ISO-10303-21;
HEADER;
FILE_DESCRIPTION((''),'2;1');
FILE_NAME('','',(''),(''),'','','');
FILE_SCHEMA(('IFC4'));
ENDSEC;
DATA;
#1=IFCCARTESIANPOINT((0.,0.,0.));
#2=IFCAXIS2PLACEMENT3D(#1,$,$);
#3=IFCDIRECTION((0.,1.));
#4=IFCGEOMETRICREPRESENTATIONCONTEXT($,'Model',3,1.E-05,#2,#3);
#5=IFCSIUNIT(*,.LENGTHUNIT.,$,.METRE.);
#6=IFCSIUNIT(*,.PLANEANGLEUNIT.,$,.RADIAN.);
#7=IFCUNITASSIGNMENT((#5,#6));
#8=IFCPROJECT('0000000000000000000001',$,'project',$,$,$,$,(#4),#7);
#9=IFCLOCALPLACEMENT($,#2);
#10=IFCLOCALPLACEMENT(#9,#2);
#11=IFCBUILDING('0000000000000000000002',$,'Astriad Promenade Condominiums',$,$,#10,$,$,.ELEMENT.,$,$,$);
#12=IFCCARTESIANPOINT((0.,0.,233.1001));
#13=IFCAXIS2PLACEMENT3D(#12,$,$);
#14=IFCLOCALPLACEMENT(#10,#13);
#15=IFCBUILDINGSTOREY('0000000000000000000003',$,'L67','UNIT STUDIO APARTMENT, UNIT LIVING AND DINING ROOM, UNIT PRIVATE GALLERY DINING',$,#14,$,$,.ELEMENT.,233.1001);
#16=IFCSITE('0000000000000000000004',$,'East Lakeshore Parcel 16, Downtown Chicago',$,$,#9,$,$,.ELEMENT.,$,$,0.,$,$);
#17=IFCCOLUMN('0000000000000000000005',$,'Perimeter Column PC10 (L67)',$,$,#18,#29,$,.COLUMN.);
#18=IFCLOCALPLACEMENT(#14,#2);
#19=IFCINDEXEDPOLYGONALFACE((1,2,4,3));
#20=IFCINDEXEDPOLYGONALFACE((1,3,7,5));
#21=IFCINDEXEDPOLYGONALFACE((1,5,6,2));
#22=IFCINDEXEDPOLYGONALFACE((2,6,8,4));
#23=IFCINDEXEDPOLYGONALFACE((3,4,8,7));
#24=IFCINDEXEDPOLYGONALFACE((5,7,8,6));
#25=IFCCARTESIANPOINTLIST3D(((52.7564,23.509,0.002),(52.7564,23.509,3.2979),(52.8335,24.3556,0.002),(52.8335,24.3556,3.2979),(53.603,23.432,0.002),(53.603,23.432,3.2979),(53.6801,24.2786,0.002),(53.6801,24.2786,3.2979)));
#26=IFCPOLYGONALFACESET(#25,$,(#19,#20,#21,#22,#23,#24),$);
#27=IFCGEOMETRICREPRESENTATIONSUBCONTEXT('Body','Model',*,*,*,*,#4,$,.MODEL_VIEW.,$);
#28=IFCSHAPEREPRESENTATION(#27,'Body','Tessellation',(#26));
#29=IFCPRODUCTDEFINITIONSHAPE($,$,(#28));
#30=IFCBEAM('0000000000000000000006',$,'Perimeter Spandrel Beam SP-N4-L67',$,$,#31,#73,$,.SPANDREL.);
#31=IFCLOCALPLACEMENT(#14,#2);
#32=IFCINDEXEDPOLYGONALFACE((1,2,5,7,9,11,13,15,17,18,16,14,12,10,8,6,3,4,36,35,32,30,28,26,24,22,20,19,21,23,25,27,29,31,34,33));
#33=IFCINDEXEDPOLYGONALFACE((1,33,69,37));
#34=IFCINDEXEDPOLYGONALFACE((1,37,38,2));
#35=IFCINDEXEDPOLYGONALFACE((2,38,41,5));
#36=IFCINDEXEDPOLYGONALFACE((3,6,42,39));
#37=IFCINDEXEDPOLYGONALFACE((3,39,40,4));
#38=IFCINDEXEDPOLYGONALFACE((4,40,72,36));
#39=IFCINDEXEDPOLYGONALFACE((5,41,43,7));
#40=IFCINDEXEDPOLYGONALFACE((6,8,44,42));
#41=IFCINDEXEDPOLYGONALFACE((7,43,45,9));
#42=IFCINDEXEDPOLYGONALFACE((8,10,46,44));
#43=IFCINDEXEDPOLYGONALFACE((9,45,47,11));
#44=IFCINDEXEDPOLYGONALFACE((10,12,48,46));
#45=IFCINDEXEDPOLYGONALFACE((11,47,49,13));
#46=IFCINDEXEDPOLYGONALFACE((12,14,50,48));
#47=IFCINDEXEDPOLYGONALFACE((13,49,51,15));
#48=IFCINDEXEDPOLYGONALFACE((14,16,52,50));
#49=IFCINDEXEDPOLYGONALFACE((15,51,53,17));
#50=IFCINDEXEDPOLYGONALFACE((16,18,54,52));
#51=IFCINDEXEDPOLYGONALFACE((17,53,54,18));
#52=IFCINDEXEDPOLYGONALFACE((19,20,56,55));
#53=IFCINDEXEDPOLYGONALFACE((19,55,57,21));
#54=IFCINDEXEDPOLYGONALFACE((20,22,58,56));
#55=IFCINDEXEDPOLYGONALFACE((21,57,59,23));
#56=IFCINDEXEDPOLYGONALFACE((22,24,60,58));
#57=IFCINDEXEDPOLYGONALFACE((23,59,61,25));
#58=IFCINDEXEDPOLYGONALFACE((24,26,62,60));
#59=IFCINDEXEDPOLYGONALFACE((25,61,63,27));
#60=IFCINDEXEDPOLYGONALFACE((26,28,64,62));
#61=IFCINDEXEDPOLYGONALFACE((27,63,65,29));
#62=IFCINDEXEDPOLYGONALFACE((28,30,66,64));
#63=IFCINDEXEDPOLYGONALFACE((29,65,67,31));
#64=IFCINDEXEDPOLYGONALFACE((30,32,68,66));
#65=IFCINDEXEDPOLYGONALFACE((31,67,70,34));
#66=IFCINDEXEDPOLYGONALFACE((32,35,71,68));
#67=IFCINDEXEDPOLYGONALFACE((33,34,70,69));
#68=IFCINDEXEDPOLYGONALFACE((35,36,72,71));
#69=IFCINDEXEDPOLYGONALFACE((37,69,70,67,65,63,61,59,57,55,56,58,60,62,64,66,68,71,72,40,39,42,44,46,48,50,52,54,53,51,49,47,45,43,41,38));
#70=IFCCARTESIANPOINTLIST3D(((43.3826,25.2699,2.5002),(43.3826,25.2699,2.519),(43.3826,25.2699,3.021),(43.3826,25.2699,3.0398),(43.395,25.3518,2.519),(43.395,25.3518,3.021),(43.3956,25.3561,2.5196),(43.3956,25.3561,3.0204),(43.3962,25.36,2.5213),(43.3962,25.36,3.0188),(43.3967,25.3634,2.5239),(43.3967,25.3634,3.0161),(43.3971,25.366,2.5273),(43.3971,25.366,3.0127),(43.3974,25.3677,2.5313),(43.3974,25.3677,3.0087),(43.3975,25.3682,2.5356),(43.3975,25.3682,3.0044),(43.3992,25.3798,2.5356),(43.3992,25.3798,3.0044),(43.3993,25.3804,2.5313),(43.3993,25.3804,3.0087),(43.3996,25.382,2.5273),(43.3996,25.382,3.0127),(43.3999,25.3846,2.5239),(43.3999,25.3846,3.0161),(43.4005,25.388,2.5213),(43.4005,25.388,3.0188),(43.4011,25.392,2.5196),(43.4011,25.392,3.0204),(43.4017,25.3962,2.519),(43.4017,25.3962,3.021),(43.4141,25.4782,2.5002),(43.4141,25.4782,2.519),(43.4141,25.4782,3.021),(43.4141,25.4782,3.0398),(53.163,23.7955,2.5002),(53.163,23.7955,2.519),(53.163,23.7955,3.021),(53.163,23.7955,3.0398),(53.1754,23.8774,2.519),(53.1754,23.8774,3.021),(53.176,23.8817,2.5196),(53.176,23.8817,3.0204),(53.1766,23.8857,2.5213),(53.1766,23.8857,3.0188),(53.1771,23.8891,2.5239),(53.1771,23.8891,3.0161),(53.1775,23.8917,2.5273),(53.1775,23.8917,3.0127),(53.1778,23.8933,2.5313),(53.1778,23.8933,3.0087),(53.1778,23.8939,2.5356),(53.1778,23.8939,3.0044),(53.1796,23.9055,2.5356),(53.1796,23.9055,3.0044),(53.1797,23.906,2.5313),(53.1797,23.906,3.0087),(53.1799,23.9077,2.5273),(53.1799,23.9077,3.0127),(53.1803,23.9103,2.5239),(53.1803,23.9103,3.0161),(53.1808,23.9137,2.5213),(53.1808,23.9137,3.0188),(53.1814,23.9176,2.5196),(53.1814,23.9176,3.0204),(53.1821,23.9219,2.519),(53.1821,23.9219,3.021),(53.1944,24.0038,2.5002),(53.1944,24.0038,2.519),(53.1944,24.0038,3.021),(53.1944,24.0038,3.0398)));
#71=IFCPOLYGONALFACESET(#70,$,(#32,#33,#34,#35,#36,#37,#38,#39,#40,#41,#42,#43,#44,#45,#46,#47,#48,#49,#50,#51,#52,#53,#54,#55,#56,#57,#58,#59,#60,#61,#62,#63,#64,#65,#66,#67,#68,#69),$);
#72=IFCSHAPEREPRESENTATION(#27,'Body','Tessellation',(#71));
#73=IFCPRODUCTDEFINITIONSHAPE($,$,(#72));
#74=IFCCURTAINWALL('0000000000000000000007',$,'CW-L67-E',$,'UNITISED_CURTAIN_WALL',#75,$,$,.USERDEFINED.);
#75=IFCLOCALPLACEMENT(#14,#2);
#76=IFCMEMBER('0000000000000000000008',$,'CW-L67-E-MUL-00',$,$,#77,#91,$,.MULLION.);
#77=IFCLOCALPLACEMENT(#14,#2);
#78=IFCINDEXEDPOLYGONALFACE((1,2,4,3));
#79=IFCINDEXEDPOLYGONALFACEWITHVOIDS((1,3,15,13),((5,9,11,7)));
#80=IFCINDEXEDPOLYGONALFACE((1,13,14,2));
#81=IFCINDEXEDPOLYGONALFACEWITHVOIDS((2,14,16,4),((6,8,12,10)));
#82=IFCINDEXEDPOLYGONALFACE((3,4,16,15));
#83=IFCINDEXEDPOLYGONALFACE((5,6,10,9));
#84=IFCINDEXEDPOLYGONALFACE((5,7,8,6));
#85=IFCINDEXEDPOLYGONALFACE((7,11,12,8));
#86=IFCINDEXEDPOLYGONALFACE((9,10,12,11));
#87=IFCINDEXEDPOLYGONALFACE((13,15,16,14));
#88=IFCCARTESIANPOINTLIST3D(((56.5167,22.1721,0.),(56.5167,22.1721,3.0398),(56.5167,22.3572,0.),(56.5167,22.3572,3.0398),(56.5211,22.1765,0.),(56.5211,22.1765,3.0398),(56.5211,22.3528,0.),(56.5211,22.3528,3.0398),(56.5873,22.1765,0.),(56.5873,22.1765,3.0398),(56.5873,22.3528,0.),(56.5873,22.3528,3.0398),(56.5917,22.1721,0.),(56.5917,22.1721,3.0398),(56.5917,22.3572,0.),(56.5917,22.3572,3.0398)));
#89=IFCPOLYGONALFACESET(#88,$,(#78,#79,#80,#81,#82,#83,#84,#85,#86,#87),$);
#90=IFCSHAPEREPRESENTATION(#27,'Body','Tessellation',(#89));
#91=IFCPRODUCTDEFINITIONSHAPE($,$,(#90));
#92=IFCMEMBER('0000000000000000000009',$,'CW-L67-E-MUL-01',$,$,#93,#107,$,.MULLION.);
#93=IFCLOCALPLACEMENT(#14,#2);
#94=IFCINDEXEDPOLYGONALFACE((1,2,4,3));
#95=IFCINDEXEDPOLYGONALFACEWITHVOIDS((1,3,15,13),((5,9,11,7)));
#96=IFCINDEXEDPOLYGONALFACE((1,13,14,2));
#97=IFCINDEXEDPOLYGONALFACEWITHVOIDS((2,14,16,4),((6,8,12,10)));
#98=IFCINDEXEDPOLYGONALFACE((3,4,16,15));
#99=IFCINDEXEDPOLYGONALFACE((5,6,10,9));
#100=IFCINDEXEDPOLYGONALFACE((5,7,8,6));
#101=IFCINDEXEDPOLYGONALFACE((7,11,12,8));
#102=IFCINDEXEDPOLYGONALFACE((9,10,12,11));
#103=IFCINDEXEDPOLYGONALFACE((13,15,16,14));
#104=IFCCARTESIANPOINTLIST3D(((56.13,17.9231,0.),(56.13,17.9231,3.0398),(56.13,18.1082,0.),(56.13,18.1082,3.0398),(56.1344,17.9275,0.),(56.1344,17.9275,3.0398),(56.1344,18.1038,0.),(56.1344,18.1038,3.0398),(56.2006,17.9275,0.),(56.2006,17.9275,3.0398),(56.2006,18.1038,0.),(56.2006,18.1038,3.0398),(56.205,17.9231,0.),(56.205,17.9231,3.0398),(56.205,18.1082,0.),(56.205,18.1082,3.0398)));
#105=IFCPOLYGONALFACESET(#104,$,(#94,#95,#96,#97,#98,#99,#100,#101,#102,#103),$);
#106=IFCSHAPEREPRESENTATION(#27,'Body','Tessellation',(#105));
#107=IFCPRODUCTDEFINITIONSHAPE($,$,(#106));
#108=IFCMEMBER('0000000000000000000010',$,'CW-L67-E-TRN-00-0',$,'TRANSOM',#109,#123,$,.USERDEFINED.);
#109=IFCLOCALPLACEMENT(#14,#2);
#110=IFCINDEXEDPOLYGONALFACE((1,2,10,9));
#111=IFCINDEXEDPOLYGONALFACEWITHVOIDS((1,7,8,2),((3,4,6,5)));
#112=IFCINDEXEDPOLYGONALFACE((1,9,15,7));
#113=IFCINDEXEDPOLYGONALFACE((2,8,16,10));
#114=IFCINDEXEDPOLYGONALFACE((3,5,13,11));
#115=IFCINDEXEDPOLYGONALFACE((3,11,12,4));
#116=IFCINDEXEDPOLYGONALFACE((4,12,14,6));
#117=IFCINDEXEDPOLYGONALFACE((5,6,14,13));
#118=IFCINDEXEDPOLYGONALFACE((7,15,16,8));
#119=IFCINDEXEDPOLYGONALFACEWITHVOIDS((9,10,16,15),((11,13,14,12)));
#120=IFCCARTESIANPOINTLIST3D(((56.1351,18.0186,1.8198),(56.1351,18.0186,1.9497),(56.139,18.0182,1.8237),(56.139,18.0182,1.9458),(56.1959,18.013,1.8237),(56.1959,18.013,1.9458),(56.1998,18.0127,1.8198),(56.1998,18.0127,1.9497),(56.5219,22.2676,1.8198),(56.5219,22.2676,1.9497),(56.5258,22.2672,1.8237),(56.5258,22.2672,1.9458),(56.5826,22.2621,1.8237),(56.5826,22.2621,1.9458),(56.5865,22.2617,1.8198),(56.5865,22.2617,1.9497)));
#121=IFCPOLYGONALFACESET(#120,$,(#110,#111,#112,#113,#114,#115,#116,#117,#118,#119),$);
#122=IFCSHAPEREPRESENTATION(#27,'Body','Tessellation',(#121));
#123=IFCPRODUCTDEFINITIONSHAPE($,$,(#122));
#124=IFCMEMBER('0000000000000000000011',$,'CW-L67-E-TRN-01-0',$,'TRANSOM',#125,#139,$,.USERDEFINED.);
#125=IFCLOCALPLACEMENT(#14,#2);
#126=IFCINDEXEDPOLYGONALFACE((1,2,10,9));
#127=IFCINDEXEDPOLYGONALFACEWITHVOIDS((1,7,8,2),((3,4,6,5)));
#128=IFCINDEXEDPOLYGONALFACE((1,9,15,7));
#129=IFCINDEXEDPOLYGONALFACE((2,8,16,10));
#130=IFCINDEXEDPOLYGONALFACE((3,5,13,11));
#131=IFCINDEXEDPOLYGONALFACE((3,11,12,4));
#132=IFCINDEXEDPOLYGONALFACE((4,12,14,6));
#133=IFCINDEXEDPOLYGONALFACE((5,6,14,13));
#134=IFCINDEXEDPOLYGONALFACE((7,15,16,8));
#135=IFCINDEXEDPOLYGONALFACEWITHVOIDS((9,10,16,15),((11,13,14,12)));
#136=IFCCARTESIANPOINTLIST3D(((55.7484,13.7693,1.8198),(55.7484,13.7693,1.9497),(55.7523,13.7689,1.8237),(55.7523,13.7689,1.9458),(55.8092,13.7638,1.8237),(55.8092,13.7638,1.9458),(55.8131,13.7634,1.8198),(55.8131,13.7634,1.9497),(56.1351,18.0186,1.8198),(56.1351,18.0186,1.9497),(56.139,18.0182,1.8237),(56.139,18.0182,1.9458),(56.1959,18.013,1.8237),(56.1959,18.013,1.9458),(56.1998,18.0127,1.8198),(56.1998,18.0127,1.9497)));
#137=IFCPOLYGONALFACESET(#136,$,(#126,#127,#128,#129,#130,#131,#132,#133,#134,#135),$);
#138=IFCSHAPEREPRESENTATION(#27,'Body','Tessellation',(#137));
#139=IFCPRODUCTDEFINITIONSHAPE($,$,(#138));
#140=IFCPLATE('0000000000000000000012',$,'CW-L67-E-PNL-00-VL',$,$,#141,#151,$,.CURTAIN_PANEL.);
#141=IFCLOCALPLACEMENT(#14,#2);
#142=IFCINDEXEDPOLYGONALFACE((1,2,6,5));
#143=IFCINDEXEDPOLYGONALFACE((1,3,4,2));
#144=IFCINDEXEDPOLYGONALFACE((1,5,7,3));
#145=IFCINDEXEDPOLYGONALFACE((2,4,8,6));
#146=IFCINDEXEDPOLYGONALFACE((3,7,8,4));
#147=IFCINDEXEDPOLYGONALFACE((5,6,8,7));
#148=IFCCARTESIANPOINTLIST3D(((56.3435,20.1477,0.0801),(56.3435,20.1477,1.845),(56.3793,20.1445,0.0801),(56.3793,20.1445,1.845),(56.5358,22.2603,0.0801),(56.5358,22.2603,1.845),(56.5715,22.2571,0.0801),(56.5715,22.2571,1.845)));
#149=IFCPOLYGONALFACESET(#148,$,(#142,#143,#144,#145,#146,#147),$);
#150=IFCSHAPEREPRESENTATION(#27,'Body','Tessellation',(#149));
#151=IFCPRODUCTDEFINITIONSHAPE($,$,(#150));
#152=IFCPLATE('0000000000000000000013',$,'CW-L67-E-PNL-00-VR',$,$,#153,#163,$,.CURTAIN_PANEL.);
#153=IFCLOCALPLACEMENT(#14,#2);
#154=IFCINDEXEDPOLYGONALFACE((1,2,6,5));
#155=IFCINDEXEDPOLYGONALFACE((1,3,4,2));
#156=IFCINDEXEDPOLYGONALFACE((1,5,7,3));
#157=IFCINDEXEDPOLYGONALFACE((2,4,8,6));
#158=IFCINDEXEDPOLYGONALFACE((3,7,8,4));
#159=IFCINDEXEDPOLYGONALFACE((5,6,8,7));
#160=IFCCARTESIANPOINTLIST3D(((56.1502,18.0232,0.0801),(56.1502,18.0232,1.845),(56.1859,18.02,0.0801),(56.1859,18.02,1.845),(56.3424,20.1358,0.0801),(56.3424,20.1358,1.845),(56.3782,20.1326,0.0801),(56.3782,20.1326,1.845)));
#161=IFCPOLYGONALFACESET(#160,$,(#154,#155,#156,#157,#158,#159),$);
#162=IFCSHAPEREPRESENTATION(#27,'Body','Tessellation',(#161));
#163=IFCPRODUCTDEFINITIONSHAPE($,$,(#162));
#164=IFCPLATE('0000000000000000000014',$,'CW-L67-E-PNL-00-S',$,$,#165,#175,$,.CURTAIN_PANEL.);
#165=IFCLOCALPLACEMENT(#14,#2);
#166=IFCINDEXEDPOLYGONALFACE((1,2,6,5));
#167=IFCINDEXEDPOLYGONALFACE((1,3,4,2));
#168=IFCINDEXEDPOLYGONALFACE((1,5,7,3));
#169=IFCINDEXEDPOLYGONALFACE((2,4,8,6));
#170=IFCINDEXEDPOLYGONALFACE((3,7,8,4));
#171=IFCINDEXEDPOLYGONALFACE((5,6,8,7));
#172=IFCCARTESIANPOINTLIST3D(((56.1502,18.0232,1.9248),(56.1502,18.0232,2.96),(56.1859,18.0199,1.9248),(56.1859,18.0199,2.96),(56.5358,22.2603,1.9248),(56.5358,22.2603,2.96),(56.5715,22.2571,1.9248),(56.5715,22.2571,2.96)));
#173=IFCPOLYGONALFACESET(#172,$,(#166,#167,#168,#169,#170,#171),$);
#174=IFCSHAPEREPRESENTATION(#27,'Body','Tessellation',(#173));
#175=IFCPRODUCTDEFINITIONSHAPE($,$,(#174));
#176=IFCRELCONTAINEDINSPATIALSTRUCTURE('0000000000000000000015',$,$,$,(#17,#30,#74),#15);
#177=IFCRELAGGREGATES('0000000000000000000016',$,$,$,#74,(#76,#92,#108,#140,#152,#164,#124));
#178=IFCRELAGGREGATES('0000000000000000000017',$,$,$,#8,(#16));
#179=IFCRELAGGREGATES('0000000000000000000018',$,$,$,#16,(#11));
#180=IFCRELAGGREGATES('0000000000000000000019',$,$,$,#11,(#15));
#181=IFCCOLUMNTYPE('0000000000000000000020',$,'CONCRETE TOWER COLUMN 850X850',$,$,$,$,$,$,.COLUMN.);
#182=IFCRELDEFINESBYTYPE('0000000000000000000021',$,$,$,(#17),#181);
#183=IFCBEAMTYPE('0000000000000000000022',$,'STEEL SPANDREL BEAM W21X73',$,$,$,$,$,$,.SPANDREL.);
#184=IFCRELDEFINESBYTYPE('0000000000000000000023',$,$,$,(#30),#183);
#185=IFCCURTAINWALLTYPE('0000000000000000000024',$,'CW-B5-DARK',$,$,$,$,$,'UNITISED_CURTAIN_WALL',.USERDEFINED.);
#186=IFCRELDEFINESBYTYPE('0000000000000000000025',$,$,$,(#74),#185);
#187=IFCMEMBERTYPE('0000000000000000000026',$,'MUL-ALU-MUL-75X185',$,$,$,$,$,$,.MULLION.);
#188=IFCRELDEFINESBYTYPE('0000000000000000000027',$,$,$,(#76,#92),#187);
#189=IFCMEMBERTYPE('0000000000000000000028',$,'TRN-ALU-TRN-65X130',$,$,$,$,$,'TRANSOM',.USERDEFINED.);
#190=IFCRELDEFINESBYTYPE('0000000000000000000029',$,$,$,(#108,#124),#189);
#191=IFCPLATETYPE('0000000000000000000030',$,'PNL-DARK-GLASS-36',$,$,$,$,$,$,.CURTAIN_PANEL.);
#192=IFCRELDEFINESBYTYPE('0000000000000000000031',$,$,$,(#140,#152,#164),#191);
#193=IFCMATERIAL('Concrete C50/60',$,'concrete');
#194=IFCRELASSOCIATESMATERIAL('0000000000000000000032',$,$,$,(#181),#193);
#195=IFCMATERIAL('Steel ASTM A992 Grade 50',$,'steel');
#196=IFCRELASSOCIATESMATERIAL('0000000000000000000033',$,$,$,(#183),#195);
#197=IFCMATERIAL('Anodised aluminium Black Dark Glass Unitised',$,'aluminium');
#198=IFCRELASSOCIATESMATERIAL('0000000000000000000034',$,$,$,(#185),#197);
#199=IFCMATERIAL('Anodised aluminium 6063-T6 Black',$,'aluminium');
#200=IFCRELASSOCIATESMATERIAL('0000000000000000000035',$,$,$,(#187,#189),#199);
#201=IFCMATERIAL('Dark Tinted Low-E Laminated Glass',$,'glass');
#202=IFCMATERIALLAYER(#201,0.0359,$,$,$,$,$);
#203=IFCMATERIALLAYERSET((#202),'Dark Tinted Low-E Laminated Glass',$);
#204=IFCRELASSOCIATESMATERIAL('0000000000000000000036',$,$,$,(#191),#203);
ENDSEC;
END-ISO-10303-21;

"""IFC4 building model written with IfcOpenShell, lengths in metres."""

from ifc_helpers import new_model, si_unit, direction, frame, origin, origin_2d, place, context, subcontext, project, spatial, rectangle, hollow_rectangle, i_section, extrude, source, transform, mapped, material, layer, layer_set, material_profile, profile_set, type_object, type_shapes, element, aggregate, save


model = new_model("IFC4")

# Units and contexts
model_context = context("Model", 3, precision=1e-05, world=origin(), true_north=direction((0.0, 1.0)))
body_context = subcontext(model_context, "Body", "Model", "MODEL_VIEW")
ifc_project = project(units=[si_unit("LENGTHUNIT", "METRE"), si_unit("PLANEANGLEUNIT", "RADIAN")], contexts=[model_context])

# Site, building, storey
site_placement = place(None, origin())
site = spatial("IfcSite", under=ifc_project, at=site_placement, Name="East Lakeshore Parcel 16, Downtown Chicago", CompositionType="ELEMENT", RefElevation=0.0)
building_placement = place(site_placement, origin())
building = spatial("IfcBuilding", under=site, at=building_placement, Name="Astriad Promenade Condominiums", CompositionType="ELEMENT")
storey_placement = place(building_placement, frame((0.0, 0.0, 233.1001)))
storey = spatial("IfcBuildingStorey", under=building, at=storey_placement, Name="L67", Description="UNIT STUDIO APARTMENT, UNIT LIVING AND DINING ROOM, UNIT PRIVATE GALLERY DINING", CompositionType="ELEMENT", Elevation=233.1001)

# Column
ifc_material_1 = material(Name="Concrete C50/60", Category="concrete")
ifc_material_profile_1 = material_profile(ifc_material_1, rectangle(XDim=0.8501, YDim=0.8501, at=origin_2d()), Name="RC-COL-850X850")
ifc_profile_set_1 = profile_set([ifc_material_profile_1], Name="Concrete C50/60")
column_type = type_object("IfcColumnType", Name="CONCRETE TOWER COLUMN 850X850", PredefinedType="COLUMN", material=ifc_profile_set_1)
shared_shape_1 = source(origin(), body_context, "Body", "SweptSolid", [
    extrude(rectangle(XDim=0.8501, YDim=0.8501, at=origin_2d()), origin(), (0.0, 0.0, 1.0), 3.2959),
])
type_shapes(column_type, [shared_shape_1])
column_placement = place(storey_placement, frame((53.2183, 23.8938, 0.002), z_axis=(0.0, 0.0, 1.0), x_axis=(0.995884, -0.090633, 0.0)))
element("IfcColumn", 1, at=column_placement, inside=storey, type_object=column_type, Name="Perimeter Column PC10 (L67)", PredefinedType="COLUMN", context=body_context, shape_type="MappedRepresentation", body=[
    mapped(shared_shape_1, transform((0.0, 0.0, 0.0), scale=1.0)),
])

# Beam
ifc_material_2 = material(Name="Steel ASTM A992 Grade 50", Category="steel")
ifc_material_profile_2 = material_profile(ifc_material_2, i_section(OverallWidth=0.2107, OverallDepth=0.5396, WebThickness=0.0117, FlangeThickness=0.0188, FilletRadius=0.0166, at=origin_2d()), Name="W21X73")
ifc_profile_set_2 = profile_set([ifc_material_profile_2], Name="Steel ASTM A992 Grade 50")
beam_type = type_object("IfcBeamType", Name="STEEL SPANDREL BEAM W21X73", PredefinedType="SPANDREL", material=ifc_profile_set_2)
shared_shape_2 = source(origin(), body_context, "Body", "SweptSolid", [
    extrude(i_section(OverallWidth=0.2107, OverallDepth=0.5396, WebThickness=0.0117, FlangeThickness=0.0188, FilletRadius=0.0166, at=origin_2d()), origin(), (0.0, 0.0, 1.0), 9.8909),
])
type_shapes(beam_type, [shared_shape_2])
beam_placement = place(storey_placement, frame((53.1787, 23.8997, 2.77), z_axis=(-0.988827, 0.149065, 0.0), x_axis=(-0.149065, -0.988827, 0.0)))
element("IfcBeam", 2, at=beam_placement, inside=storey, type_object=beam_type, Name="Perimeter Spandrel Beam SP-N4-L67", PredefinedType="SPANDREL", context=body_context, shape_type="MappedRepresentation", body=[
    mapped(shared_shape_2, transform((0.0, 0.0, 0.0), scale=1.0)),
])

# Curtain wall, members, plates
ifc_material_3 = material(Name="Anodised aluminium Black Dark Glass Unitised", Category="aluminium")
curtain_wall_type = type_object("IfcCurtainWallType", Name="CW-B5-DARK", ElementType="UNITISED_CURTAIN_WALL", PredefinedType="USERDEFINED", material=ifc_material_3)
curtain_wall_placement = place(storey_placement, origin())
curtain_wall = element("IfcCurtainWall", 3, at=curtain_wall_placement, inside=storey, type_object=curtain_wall_type, Name="CW-L67-E", ObjectType="UNITISED_CURTAIN_WALL", PredefinedType="USERDEFINED")
ifc_material_4 = material(Name="Anodised aluminium 6063-T6 Black", Category="aluminium")
ifc_material_profile_3 = material_profile(ifc_material_4, hollow_rectangle(XDim=0.075, YDim=0.1851, WallThickness=0.0044, at=origin_2d()), Name="ALU-MUL-75X185")
ifc_profile_set_3 = profile_set([ifc_material_profile_3], Name="Anodised aluminium 6063-T6 Black")
member_type_1 = type_object("IfcMemberType", Name="MUL-ALU-MUL-75X185", PredefinedType="MULLION", material=ifc_profile_set_3)
shared_shape_3 = source(origin(), body_context, "Body", "SweptSolid", [
    extrude(hollow_rectangle(XDim=0.075, YDim=0.1851, WallThickness=0.0044, at=origin_2d()), origin(), (0.0, 0.0, 1.0), 3.0398),
])
type_shapes(member_type_1, [shared_shape_3])
member_1_placement = place(storey_placement, frame((56.5542, 22.2646, 0.0), z_axis=(0.0, 0.0, 1.0), x_axis=(1.0, 0.0, 0.0)))
member_1 = element("IfcMember", 4, at=member_1_placement, type_object=member_type_1, Name="CW-L67-E-MUL-00", PredefinedType="MULLION", context=body_context, shape_type="MappedRepresentation", body=[
    mapped(shared_shape_3, transform((0.0, 0.0, 0.0), scale=1.0)),
])
member_2_placement = place(storey_placement, frame((56.1675, 18.0156, 0.0), z_axis=(0.0, 0.0, 1.0), x_axis=(1.0, 0.0, 0.0)))
member_2 = element("IfcMember", 5, at=member_2_placement, type_object=member_type_1, Name="CW-L67-E-MUL-01", PredefinedType="MULLION", context=body_context, shape_type="MappedRepresentation", body=[
    mapped(shared_shape_3, transform((0.0, 0.0, 0.0), scale=1.0)),
])
ifc_material_profile_4 = material_profile(ifc_material_4, hollow_rectangle(XDim=0.0649, YDim=0.1299, WallThickness=0.0039, at=origin_2d()), Name="ALU-TRN-65X130")
ifc_profile_set_4 = profile_set([ifc_material_profile_4], Name="Anodised aluminium 6063-T6 Black")
member_type_2 = type_object("IfcMemberType", Name="TRN-ALU-TRN-65X130", ElementType="TRANSOM", PredefinedType="USERDEFINED", material=ifc_profile_set_4)
shared_shape_4 = source(origin(), body_context, "Body", "SweptSolid", [
    extrude(hollow_rectangle(XDim=0.0649, YDim=0.1299, WallThickness=0.0039, at=origin_2d()), origin(), (0.0, 0.0, 1.0), 4.2666),
])
member_3_placement = place(storey_placement, frame((56.5542, 22.2646, 1.8848), z_axis=(-0.090639, -0.995884, 0.0), x_axis=(0.995884, -0.090639, 0.0)))
member_3 = element("IfcMember", 6, at=member_3_placement, type_object=member_type_2, Name="CW-L67-E-TRN-00-0", ObjectType="TRANSOM", PredefinedType="USERDEFINED", context=body_context, shape_type="MappedRepresentation", body=[
    mapped(shared_shape_4, transform((0.0, 0.0, 0.0), scale=1.0)),
])
shared_shape_5 = source(origin(), body_context, "Body", "SweptSolid", [
    extrude(hollow_rectangle(XDim=0.0649, YDim=0.1299, WallThickness=0.0039, at=origin_2d()), origin(), (0.0, 0.0, 1.0), 4.2668),
])
type_shapes(member_type_2, [shared_shape_4, shared_shape_5])
member_4_placement = place(storey_placement, frame((56.1675, 18.0156, 1.8848), z_axis=(-0.090634, -0.995884, 0.0), x_axis=(0.995884, -0.090634, 0.0)))
member_4 = element("IfcMember", 7, at=member_4_placement, type_object=member_type_2, Name="CW-L67-E-TRN-01-0", ObjectType="TRANSOM", PredefinedType="USERDEFINED", context=body_context, shape_type="MappedRepresentation", body=[
    mapped(shared_shape_5, transform((0.0, 0.0, 0.0), scale=1.0)),
])
ifc_material_5 = material(Name="Dark Tinted Low-E Laminated Glass", Category="glass")
ifc_layer_1 = layer(ifc_material_5, 0.0359)
ifc_layer_set_1 = layer_set([ifc_layer_1], Name="Dark Tinted Low-E Laminated Glass")
plate_type = type_object("IfcPlateType", Name="PNL-DARK-GLASS-36", PredefinedType="CURTAIN_PANEL", material=ifc_layer_set_1)
shared_shape_6 = source(origin(), body_context, "Body", "SweptSolid", [
    extrude(rectangle(XDim=2.1213, YDim=0.0359, at=origin_2d()), origin(), (0.0, 0.0, 1.0), 1.7649),
])
plate_1_placement = place(storey_placement, frame((56.4575, 21.2024, 0.0801), z_axis=(0.0, 0.0, 1.0), x_axis=(-0.090633, -0.995884, 0.0)))
plate_1 = element("IfcPlate", 8, at=plate_1_placement, type_object=plate_type, Name="CW-L67-E-PNL-00-VL", PredefinedType="CURTAIN_PANEL", context=body_context, shape_type="MappedRepresentation", body=[
    mapped(shared_shape_6, transform((0.0, 0.0, 0.0), scale=1.0)),
])
plate_2_placement = place(storey_placement, frame((56.2642, 19.0779, 0.0801), z_axis=(0.0, 0.0, 1.0), x_axis=(-0.090633, -0.995884, 0.0)))
plate_2 = element("IfcPlate", 9, at=plate_2_placement, type_object=plate_type, Name="CW-L67-E-PNL-00-VR", PredefinedType="CURTAIN_PANEL", context=body_context, shape_type="MappedRepresentation", body=[
    mapped(shared_shape_6, transform((0.0, 0.0, 0.0), scale=1.0)),
])
shared_shape_7 = source(origin(), body_context, "Body", "SweptSolid", [
    extrude(rectangle(XDim=4.2546, YDim=0.0359, at=origin_2d()), origin(), (0.0, 0.0, 1.0), 1.0352),
])
type_shapes(plate_type, [shared_shape_6, shared_shape_7])
plate_3_placement = place(storey_placement, frame((56.3608, 20.1401, 1.9248), z_axis=(0.0, 0.0, 1.0), x_axis=(-0.090633, -0.995884, 0.0)))
plate_3 = element("IfcPlate", 10, at=plate_3_placement, type_object=plate_type, Name="CW-L67-E-PNL-00-S", PredefinedType="CURTAIN_PANEL", context=body_context, shape_type="MappedRepresentation", body=[
    mapped(shared_shape_7, transform((0.0, 0.0, 0.0), scale=1.0)),
])
aggregate(curtain_wall, [member_1, member_2, member_3, plate_1, plate_2, plate_3, member_4])

save(model, "model.ifc")
